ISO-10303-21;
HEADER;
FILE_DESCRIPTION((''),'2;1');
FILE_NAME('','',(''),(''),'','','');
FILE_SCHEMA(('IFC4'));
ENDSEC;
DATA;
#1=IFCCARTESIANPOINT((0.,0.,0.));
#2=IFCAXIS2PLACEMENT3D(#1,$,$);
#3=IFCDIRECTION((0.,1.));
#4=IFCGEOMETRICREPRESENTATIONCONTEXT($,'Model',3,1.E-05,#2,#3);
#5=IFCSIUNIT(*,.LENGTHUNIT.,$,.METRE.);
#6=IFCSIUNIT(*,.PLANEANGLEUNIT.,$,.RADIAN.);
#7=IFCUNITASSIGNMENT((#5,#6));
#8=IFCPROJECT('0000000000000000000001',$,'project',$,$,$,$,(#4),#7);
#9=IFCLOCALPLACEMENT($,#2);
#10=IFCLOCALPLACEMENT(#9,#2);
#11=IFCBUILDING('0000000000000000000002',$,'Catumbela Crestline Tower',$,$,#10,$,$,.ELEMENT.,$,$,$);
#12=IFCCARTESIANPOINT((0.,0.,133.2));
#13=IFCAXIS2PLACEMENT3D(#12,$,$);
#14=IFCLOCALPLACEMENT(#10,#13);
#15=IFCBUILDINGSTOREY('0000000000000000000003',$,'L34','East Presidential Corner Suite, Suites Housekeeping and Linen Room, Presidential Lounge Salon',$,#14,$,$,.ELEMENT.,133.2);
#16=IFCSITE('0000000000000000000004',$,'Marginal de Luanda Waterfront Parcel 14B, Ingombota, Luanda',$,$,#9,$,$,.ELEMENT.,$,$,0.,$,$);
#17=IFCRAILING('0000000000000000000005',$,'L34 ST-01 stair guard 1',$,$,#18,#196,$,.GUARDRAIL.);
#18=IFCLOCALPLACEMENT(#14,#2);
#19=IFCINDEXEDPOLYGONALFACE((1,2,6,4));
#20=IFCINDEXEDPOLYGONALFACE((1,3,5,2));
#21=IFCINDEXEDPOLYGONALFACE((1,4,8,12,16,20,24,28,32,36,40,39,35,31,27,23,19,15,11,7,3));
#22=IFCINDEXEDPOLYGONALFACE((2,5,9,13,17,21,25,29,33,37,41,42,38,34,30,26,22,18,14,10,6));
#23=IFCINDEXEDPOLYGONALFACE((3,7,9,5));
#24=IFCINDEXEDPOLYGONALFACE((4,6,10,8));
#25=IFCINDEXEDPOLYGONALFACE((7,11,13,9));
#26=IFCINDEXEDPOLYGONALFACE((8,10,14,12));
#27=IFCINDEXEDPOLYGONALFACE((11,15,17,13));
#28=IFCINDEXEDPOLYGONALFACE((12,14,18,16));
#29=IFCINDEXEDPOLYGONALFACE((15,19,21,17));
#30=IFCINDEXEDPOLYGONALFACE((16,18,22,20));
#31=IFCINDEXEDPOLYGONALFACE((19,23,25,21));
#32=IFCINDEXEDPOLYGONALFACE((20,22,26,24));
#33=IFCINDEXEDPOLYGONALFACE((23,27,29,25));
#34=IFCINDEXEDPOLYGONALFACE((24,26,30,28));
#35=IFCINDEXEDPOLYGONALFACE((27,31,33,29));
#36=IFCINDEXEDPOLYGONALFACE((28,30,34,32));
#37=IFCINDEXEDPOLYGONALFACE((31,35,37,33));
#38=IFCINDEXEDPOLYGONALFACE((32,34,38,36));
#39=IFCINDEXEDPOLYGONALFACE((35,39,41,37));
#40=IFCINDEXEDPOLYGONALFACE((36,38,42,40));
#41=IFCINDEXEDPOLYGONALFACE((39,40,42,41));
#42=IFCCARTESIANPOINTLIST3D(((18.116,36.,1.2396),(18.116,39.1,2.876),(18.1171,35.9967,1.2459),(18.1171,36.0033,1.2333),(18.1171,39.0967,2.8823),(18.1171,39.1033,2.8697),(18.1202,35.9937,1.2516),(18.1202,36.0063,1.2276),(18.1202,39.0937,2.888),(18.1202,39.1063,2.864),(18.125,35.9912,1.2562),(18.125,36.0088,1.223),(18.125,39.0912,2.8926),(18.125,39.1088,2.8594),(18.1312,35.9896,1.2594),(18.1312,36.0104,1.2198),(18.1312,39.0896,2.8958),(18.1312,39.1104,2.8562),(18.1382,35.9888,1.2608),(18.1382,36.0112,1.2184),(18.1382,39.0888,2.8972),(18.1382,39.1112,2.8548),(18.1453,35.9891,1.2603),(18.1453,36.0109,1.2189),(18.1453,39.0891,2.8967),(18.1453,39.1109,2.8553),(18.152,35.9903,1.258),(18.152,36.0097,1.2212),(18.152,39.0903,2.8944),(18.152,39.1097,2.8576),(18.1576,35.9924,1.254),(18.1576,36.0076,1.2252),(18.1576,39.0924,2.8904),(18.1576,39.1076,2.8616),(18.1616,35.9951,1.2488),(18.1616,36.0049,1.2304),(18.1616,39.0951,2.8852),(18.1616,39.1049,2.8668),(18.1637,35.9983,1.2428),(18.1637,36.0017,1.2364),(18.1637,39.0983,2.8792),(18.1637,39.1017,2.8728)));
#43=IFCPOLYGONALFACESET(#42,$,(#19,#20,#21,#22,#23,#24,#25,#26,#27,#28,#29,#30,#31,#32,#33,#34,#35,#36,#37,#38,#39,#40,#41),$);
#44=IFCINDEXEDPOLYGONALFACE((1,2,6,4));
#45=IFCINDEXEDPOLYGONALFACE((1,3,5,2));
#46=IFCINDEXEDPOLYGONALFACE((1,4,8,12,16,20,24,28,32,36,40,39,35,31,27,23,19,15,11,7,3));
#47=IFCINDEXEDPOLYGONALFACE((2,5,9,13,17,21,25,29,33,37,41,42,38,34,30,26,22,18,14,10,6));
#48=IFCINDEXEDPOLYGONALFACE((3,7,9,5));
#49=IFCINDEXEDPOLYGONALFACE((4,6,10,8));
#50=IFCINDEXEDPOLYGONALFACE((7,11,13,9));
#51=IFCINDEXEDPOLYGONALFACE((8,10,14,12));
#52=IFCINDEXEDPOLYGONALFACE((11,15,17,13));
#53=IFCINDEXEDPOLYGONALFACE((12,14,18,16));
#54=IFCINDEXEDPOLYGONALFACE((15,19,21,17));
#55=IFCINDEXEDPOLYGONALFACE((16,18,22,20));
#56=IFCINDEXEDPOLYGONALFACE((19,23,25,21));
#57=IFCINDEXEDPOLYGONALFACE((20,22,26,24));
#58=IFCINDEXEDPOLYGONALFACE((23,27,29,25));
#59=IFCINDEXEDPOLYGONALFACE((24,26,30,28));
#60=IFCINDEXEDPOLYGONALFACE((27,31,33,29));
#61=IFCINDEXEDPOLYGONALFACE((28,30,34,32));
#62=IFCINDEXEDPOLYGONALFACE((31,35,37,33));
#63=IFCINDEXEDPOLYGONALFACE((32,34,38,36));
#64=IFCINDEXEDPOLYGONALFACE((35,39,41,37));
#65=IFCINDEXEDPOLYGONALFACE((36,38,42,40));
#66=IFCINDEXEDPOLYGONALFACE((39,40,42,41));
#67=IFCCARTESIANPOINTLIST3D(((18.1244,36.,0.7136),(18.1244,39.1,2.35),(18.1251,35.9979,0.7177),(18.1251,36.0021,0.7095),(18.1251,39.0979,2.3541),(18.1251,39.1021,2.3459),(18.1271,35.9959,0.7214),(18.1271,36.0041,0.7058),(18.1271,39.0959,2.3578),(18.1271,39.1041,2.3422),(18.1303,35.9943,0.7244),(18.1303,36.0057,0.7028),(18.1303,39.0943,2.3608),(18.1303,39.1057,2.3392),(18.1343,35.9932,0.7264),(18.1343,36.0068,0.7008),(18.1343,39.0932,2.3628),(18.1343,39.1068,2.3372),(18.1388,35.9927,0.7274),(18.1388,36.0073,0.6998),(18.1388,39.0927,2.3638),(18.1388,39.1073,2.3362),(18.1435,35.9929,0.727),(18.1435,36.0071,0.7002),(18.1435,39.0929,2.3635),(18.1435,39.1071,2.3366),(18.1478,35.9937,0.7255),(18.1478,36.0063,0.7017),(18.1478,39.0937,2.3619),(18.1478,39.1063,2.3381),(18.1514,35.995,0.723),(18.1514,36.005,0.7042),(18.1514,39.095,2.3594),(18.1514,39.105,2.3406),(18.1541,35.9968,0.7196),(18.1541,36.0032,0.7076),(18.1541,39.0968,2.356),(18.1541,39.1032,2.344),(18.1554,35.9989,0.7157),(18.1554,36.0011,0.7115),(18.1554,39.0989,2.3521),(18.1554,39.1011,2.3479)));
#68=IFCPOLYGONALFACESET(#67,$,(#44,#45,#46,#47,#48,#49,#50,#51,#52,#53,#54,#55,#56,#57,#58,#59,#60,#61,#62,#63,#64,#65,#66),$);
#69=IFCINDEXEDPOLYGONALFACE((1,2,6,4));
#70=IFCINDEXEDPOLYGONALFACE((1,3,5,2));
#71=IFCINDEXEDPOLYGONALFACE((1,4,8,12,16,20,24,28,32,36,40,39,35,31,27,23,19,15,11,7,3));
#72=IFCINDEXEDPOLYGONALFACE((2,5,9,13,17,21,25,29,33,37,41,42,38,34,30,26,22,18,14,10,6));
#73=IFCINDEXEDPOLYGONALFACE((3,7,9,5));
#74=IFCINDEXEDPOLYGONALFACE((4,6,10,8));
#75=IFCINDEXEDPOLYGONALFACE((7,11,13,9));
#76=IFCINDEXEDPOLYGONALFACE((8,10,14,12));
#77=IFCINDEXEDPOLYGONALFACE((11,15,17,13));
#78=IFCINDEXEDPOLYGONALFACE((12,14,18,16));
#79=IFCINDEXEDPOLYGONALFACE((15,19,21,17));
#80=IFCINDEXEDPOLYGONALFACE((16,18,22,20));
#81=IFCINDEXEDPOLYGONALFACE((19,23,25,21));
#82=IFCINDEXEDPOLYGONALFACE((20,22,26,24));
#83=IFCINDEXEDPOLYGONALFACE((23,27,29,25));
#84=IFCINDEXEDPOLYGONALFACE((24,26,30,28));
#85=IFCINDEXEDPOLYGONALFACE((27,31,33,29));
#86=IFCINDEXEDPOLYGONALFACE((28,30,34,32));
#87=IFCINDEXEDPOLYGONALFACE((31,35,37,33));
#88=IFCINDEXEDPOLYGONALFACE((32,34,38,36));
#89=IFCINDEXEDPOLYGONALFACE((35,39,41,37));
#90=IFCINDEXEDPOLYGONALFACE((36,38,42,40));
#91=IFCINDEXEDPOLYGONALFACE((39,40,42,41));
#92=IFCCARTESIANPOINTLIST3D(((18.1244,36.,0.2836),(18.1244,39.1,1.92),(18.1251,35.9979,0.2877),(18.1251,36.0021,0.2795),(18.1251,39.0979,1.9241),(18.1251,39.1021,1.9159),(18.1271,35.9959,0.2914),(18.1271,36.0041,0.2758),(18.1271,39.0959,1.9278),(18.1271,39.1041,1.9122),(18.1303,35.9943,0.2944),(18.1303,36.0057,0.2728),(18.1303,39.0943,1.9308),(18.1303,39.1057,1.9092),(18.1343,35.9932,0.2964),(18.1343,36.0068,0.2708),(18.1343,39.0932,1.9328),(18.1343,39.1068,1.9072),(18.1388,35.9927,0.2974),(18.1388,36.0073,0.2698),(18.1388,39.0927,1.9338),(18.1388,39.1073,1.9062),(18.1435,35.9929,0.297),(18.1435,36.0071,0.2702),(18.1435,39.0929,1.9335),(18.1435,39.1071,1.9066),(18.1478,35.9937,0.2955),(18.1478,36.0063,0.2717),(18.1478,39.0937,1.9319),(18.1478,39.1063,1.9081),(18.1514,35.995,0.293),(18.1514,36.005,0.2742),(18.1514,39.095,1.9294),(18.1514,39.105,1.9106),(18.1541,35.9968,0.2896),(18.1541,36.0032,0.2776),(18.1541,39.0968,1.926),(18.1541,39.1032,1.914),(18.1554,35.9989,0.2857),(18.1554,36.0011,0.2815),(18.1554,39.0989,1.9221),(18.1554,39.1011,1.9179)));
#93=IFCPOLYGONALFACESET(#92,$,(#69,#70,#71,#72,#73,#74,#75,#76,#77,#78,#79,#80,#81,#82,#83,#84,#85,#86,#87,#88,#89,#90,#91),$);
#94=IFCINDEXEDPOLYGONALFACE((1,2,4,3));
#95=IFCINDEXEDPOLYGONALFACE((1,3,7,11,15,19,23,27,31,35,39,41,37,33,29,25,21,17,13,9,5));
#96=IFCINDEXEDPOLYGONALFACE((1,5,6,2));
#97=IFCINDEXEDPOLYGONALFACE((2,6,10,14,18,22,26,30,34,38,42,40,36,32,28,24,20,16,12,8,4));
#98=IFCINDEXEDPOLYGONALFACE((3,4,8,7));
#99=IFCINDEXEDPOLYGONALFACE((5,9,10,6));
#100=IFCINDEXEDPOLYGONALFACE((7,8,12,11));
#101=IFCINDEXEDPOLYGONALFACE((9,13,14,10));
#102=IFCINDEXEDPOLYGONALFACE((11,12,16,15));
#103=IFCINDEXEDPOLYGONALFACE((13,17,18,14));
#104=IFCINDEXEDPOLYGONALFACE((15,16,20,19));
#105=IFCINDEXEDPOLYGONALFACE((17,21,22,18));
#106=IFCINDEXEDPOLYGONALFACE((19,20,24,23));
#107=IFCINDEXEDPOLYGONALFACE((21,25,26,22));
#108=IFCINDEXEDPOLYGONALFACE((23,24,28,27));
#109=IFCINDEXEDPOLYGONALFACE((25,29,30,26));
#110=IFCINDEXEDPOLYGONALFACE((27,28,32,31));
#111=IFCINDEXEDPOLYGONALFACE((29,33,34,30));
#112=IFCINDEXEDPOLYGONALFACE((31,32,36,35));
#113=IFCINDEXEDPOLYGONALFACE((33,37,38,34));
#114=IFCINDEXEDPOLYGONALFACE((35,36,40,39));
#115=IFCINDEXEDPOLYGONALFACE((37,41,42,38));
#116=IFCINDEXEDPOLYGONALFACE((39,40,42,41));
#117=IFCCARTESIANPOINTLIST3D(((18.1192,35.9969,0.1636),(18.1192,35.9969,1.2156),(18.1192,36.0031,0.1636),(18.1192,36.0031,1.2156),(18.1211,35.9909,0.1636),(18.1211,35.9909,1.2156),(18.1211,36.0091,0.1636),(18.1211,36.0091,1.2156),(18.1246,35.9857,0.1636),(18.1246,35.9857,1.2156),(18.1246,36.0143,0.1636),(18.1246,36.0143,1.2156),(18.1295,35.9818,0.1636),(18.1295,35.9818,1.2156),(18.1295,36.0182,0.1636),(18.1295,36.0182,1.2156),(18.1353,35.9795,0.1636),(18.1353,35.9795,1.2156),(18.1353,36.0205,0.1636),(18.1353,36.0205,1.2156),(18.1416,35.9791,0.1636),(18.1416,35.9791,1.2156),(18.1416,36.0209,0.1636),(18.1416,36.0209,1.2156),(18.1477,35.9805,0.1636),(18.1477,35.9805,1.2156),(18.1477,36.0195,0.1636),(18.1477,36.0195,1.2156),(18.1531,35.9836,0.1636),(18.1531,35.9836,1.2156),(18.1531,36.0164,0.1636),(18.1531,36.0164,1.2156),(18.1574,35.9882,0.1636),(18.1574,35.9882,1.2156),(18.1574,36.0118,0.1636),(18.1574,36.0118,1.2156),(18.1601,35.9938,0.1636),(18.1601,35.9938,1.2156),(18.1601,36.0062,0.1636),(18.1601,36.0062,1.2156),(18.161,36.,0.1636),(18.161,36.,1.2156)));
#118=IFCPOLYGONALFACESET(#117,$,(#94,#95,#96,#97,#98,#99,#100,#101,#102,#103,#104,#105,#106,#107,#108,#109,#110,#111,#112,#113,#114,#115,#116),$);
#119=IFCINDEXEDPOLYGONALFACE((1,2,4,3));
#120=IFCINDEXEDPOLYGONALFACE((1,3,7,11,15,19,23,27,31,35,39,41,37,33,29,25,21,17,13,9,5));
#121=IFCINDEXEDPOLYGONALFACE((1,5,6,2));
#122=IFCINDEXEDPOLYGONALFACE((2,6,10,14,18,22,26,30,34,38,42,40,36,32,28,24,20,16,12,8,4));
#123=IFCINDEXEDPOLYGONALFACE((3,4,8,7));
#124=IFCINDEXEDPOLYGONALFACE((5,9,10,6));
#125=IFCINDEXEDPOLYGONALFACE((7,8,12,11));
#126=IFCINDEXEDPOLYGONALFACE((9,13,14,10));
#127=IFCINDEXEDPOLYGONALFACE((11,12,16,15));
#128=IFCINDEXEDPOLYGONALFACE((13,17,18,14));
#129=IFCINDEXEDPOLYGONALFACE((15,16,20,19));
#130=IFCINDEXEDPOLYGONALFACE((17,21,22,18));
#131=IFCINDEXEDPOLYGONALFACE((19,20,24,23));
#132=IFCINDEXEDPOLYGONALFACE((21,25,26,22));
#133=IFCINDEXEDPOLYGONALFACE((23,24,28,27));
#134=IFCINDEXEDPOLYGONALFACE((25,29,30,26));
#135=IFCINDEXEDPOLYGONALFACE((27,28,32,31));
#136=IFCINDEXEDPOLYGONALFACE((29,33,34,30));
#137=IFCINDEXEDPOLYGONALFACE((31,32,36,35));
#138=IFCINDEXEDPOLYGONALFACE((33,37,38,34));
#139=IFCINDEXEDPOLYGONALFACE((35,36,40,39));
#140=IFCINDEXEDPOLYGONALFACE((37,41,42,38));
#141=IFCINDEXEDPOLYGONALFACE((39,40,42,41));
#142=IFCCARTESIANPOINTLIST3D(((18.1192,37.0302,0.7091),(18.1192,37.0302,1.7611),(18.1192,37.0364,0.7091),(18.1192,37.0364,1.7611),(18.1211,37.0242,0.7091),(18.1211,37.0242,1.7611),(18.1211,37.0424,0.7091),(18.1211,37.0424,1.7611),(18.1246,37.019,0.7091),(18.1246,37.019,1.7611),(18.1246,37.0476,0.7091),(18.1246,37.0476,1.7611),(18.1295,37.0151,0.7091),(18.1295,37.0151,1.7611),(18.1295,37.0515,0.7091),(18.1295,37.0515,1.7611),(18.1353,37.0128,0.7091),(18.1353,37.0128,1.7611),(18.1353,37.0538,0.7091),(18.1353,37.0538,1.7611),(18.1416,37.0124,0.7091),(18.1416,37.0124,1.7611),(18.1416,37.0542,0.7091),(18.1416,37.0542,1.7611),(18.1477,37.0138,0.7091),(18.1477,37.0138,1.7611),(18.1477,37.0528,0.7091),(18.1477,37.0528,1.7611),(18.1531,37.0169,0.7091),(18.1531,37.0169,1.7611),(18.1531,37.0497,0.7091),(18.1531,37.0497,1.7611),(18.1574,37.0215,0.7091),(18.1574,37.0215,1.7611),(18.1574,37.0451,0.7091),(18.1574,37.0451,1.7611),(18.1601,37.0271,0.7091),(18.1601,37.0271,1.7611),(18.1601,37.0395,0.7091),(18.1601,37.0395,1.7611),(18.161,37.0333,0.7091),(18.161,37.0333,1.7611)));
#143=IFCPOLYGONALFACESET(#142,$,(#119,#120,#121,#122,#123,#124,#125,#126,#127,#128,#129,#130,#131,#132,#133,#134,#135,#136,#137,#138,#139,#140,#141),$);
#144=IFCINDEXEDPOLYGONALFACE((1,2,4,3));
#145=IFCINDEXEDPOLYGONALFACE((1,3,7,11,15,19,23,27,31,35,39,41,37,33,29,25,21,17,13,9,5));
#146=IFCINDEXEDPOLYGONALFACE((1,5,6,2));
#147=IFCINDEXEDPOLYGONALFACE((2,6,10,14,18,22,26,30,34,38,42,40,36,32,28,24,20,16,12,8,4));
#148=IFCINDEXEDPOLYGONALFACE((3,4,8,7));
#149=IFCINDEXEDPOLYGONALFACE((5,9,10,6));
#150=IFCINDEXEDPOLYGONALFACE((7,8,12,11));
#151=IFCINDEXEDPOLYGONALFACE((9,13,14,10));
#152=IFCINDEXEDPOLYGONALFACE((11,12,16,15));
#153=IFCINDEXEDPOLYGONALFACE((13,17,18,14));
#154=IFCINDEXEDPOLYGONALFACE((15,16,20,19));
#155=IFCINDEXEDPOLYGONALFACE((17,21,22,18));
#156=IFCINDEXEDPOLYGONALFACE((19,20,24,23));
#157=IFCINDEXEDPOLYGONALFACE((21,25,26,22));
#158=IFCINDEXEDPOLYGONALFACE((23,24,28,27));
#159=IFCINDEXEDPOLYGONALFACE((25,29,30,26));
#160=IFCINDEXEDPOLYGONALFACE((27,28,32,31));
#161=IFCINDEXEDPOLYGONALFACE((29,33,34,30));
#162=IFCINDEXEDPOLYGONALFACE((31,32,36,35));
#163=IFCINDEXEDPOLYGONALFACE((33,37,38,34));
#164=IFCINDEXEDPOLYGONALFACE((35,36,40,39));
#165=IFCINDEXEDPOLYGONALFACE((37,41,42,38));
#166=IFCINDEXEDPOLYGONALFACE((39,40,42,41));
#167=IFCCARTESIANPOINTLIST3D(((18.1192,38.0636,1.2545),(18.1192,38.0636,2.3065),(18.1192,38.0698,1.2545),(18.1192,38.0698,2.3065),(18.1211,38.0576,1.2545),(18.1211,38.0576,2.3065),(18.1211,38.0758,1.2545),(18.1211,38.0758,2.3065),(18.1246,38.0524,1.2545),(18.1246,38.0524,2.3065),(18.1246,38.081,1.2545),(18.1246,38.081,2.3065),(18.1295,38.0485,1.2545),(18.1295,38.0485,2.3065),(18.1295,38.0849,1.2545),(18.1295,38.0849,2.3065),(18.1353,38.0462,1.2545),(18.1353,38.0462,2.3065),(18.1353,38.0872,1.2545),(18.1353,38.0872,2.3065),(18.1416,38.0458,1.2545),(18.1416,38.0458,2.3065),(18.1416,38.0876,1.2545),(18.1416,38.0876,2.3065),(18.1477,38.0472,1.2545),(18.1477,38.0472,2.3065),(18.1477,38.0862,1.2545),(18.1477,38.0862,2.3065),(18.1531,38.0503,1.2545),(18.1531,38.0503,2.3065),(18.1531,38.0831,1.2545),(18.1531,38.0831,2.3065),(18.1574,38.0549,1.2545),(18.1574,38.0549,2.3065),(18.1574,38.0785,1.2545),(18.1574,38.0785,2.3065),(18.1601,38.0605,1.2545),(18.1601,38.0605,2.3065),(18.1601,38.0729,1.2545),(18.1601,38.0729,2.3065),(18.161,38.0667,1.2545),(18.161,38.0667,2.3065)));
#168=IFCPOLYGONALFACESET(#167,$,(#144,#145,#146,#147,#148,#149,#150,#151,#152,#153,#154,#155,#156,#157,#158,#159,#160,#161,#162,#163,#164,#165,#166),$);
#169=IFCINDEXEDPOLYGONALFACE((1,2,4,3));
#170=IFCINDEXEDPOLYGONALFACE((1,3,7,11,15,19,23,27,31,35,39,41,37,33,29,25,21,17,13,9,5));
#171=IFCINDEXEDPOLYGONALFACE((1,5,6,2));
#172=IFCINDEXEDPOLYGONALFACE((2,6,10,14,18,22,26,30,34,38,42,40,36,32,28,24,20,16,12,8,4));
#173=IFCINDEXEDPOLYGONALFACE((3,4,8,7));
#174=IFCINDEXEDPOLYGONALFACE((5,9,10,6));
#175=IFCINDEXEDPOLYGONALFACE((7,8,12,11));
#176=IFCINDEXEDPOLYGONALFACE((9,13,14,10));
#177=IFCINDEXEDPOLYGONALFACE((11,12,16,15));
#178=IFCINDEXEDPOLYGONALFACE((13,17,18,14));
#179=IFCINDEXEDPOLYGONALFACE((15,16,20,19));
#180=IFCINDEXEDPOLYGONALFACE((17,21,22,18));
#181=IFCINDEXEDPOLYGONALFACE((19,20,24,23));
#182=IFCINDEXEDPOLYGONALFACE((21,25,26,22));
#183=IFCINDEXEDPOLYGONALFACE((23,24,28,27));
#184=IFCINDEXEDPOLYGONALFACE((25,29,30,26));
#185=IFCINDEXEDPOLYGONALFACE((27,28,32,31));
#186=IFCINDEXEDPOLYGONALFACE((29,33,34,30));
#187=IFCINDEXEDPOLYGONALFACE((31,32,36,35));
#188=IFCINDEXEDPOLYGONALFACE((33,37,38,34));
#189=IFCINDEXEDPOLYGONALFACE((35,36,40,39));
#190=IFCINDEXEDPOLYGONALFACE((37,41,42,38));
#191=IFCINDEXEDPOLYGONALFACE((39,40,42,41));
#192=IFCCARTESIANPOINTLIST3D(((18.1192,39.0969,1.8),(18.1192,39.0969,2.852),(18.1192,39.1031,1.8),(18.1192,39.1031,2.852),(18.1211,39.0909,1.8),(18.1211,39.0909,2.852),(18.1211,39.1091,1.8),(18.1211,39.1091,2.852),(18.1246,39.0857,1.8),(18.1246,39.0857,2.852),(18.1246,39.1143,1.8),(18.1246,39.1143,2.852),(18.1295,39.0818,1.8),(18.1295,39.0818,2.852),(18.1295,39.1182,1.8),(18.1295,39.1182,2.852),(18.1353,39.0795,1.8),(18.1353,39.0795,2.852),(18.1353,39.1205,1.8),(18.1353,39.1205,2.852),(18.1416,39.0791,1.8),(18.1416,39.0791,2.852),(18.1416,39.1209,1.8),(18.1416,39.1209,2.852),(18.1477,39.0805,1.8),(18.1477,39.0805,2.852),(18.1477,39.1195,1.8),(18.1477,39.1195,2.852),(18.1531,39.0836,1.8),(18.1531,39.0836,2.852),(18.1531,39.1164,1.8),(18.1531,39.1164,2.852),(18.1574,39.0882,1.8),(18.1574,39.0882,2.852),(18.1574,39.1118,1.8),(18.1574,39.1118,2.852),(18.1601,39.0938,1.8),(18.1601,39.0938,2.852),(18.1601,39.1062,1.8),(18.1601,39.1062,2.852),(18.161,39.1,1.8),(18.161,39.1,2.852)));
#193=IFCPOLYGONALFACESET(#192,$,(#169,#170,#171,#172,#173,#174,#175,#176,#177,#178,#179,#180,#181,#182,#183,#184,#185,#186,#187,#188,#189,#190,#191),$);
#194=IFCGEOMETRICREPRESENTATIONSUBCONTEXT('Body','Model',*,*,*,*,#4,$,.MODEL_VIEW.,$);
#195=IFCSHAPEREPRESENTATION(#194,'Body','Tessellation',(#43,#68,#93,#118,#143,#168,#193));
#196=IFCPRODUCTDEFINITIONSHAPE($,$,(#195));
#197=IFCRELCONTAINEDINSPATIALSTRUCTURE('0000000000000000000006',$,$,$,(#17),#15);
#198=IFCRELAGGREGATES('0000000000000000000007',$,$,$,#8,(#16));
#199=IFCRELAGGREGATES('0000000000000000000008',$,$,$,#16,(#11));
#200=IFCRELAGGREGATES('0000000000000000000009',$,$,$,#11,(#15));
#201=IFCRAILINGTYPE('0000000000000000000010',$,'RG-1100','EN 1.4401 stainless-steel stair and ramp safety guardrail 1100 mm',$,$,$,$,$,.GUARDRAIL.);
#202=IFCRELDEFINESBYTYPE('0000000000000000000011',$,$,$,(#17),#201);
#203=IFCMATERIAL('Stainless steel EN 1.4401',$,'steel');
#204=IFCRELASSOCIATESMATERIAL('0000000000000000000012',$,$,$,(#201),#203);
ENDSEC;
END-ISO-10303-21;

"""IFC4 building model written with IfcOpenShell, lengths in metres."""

from ifc_helpers import new_model, si_unit, direction, frame, origin, origin_2d, place, context, subcontext, project, spatial, circle, extrude, material, type_object, element, save


model = new_model("IFC4")

# Units and contexts
model_context = context("Model", 3, precision=1e-05, world=origin(), true_north=direction((0.0, 1.0)))
body_context = subcontext(model_context, "Body", "Model", "MODEL_VIEW")
ifc_project = project(units=[si_unit("LENGTHUNIT", "METRE"), si_unit("PLANEANGLEUNIT", "RADIAN")], contexts=[model_context])

# Site, building, storey
site_placement = place(None, origin())
site = spatial("IfcSite", under=ifc_project, at=site_placement, Name="Marginal de Luanda Waterfront Parcel 14B, Ingombota, Luanda", CompositionType="ELEMENT", RefElevation=0.0)
building_placement = place(site_placement, origin())
building = spatial("IfcBuilding", under=site, at=building_placement, Name="Catumbela Crestline Tower", CompositionType="ELEMENT")
storey_placement = place(building_placement, frame((0.0, 0.0, 133.2)))
storey = spatial("IfcBuildingStorey", under=building, at=storey_placement, Name="L34", Description="East Presidential Corner Suite, Suites Housekeeping and Linen Room, Presidential Lounge Salon", CompositionType="ELEMENT", Elevation=133.2)

# Shared definitions
ifc_material_1 = material(Name="Stainless steel EN 1.4401", Category="steel")

# Railing
railing_type = type_object("IfcRailingType", Name="RG-1100", Description="EN 1.4401 stainless-steel stair and ramp safety guardrail 1100 mm", PredefinedType="GUARDRAIL", material=ifc_material_1)
railing_1_placement = place(storey_placement, frame((18.14, 36.0, 0.1636)))
element("IfcRailing", 1, at=railing_1_placement, inside=storey, type_object=railing_type, Name="L34 ST-01 stair guard 1", PredefinedType="GUARDRAIL", context=body_context, shape_type="SweptSolid", body=[
    extrude(circle(Radius=0.024, at=origin_2d()), frame((0.0, 0.0, 1.076), z_axis=(0.0, 0.884351, 0.466823), x_axis=(-1.0, 0.0, 0.0)), (0.0, 0.0, 1.0), 3.5054),
    extrude(circle(Radius=0.0156, at=origin_2d()), frame((0.0, 0.0, 0.55), z_axis=(0.0, 0.884351, 0.466823), x_axis=(-1.0, 0.0, 0.0)), (0.0, 0.0, 1.0), 3.5054),
    extrude(circle(Radius=0.0156, at=origin_2d()), frame((0.0, 0.0, 0.12), z_axis=(0.0, 0.884351, 0.466823), x_axis=(-1.0, 0.0, 0.0)), (0.0, 0.0, 1.0), 3.5054),
    extrude(circle(Radius=0.021, at=origin_2d()), origin(), (0.0, 0.0, 1.0), 1.052),
    extrude(circle(Radius=0.021, at=origin_2d()), frame((0.0, 1.0333, 0.5455)), (0.0, 0.0, 1.0), 1.052),
    extrude(circle(Radius=0.021, at=origin_2d()), frame((0.0, 2.0667, 1.0909)), (0.0, 0.0, 1.0), 1.052),
    extrude(circle(Radius=0.021, at=origin_2d()), frame((0.0, 3.1, 1.6364)), (0.0, 0.0, 1.0), 1.052),
])

save(model, "model.ifc")
